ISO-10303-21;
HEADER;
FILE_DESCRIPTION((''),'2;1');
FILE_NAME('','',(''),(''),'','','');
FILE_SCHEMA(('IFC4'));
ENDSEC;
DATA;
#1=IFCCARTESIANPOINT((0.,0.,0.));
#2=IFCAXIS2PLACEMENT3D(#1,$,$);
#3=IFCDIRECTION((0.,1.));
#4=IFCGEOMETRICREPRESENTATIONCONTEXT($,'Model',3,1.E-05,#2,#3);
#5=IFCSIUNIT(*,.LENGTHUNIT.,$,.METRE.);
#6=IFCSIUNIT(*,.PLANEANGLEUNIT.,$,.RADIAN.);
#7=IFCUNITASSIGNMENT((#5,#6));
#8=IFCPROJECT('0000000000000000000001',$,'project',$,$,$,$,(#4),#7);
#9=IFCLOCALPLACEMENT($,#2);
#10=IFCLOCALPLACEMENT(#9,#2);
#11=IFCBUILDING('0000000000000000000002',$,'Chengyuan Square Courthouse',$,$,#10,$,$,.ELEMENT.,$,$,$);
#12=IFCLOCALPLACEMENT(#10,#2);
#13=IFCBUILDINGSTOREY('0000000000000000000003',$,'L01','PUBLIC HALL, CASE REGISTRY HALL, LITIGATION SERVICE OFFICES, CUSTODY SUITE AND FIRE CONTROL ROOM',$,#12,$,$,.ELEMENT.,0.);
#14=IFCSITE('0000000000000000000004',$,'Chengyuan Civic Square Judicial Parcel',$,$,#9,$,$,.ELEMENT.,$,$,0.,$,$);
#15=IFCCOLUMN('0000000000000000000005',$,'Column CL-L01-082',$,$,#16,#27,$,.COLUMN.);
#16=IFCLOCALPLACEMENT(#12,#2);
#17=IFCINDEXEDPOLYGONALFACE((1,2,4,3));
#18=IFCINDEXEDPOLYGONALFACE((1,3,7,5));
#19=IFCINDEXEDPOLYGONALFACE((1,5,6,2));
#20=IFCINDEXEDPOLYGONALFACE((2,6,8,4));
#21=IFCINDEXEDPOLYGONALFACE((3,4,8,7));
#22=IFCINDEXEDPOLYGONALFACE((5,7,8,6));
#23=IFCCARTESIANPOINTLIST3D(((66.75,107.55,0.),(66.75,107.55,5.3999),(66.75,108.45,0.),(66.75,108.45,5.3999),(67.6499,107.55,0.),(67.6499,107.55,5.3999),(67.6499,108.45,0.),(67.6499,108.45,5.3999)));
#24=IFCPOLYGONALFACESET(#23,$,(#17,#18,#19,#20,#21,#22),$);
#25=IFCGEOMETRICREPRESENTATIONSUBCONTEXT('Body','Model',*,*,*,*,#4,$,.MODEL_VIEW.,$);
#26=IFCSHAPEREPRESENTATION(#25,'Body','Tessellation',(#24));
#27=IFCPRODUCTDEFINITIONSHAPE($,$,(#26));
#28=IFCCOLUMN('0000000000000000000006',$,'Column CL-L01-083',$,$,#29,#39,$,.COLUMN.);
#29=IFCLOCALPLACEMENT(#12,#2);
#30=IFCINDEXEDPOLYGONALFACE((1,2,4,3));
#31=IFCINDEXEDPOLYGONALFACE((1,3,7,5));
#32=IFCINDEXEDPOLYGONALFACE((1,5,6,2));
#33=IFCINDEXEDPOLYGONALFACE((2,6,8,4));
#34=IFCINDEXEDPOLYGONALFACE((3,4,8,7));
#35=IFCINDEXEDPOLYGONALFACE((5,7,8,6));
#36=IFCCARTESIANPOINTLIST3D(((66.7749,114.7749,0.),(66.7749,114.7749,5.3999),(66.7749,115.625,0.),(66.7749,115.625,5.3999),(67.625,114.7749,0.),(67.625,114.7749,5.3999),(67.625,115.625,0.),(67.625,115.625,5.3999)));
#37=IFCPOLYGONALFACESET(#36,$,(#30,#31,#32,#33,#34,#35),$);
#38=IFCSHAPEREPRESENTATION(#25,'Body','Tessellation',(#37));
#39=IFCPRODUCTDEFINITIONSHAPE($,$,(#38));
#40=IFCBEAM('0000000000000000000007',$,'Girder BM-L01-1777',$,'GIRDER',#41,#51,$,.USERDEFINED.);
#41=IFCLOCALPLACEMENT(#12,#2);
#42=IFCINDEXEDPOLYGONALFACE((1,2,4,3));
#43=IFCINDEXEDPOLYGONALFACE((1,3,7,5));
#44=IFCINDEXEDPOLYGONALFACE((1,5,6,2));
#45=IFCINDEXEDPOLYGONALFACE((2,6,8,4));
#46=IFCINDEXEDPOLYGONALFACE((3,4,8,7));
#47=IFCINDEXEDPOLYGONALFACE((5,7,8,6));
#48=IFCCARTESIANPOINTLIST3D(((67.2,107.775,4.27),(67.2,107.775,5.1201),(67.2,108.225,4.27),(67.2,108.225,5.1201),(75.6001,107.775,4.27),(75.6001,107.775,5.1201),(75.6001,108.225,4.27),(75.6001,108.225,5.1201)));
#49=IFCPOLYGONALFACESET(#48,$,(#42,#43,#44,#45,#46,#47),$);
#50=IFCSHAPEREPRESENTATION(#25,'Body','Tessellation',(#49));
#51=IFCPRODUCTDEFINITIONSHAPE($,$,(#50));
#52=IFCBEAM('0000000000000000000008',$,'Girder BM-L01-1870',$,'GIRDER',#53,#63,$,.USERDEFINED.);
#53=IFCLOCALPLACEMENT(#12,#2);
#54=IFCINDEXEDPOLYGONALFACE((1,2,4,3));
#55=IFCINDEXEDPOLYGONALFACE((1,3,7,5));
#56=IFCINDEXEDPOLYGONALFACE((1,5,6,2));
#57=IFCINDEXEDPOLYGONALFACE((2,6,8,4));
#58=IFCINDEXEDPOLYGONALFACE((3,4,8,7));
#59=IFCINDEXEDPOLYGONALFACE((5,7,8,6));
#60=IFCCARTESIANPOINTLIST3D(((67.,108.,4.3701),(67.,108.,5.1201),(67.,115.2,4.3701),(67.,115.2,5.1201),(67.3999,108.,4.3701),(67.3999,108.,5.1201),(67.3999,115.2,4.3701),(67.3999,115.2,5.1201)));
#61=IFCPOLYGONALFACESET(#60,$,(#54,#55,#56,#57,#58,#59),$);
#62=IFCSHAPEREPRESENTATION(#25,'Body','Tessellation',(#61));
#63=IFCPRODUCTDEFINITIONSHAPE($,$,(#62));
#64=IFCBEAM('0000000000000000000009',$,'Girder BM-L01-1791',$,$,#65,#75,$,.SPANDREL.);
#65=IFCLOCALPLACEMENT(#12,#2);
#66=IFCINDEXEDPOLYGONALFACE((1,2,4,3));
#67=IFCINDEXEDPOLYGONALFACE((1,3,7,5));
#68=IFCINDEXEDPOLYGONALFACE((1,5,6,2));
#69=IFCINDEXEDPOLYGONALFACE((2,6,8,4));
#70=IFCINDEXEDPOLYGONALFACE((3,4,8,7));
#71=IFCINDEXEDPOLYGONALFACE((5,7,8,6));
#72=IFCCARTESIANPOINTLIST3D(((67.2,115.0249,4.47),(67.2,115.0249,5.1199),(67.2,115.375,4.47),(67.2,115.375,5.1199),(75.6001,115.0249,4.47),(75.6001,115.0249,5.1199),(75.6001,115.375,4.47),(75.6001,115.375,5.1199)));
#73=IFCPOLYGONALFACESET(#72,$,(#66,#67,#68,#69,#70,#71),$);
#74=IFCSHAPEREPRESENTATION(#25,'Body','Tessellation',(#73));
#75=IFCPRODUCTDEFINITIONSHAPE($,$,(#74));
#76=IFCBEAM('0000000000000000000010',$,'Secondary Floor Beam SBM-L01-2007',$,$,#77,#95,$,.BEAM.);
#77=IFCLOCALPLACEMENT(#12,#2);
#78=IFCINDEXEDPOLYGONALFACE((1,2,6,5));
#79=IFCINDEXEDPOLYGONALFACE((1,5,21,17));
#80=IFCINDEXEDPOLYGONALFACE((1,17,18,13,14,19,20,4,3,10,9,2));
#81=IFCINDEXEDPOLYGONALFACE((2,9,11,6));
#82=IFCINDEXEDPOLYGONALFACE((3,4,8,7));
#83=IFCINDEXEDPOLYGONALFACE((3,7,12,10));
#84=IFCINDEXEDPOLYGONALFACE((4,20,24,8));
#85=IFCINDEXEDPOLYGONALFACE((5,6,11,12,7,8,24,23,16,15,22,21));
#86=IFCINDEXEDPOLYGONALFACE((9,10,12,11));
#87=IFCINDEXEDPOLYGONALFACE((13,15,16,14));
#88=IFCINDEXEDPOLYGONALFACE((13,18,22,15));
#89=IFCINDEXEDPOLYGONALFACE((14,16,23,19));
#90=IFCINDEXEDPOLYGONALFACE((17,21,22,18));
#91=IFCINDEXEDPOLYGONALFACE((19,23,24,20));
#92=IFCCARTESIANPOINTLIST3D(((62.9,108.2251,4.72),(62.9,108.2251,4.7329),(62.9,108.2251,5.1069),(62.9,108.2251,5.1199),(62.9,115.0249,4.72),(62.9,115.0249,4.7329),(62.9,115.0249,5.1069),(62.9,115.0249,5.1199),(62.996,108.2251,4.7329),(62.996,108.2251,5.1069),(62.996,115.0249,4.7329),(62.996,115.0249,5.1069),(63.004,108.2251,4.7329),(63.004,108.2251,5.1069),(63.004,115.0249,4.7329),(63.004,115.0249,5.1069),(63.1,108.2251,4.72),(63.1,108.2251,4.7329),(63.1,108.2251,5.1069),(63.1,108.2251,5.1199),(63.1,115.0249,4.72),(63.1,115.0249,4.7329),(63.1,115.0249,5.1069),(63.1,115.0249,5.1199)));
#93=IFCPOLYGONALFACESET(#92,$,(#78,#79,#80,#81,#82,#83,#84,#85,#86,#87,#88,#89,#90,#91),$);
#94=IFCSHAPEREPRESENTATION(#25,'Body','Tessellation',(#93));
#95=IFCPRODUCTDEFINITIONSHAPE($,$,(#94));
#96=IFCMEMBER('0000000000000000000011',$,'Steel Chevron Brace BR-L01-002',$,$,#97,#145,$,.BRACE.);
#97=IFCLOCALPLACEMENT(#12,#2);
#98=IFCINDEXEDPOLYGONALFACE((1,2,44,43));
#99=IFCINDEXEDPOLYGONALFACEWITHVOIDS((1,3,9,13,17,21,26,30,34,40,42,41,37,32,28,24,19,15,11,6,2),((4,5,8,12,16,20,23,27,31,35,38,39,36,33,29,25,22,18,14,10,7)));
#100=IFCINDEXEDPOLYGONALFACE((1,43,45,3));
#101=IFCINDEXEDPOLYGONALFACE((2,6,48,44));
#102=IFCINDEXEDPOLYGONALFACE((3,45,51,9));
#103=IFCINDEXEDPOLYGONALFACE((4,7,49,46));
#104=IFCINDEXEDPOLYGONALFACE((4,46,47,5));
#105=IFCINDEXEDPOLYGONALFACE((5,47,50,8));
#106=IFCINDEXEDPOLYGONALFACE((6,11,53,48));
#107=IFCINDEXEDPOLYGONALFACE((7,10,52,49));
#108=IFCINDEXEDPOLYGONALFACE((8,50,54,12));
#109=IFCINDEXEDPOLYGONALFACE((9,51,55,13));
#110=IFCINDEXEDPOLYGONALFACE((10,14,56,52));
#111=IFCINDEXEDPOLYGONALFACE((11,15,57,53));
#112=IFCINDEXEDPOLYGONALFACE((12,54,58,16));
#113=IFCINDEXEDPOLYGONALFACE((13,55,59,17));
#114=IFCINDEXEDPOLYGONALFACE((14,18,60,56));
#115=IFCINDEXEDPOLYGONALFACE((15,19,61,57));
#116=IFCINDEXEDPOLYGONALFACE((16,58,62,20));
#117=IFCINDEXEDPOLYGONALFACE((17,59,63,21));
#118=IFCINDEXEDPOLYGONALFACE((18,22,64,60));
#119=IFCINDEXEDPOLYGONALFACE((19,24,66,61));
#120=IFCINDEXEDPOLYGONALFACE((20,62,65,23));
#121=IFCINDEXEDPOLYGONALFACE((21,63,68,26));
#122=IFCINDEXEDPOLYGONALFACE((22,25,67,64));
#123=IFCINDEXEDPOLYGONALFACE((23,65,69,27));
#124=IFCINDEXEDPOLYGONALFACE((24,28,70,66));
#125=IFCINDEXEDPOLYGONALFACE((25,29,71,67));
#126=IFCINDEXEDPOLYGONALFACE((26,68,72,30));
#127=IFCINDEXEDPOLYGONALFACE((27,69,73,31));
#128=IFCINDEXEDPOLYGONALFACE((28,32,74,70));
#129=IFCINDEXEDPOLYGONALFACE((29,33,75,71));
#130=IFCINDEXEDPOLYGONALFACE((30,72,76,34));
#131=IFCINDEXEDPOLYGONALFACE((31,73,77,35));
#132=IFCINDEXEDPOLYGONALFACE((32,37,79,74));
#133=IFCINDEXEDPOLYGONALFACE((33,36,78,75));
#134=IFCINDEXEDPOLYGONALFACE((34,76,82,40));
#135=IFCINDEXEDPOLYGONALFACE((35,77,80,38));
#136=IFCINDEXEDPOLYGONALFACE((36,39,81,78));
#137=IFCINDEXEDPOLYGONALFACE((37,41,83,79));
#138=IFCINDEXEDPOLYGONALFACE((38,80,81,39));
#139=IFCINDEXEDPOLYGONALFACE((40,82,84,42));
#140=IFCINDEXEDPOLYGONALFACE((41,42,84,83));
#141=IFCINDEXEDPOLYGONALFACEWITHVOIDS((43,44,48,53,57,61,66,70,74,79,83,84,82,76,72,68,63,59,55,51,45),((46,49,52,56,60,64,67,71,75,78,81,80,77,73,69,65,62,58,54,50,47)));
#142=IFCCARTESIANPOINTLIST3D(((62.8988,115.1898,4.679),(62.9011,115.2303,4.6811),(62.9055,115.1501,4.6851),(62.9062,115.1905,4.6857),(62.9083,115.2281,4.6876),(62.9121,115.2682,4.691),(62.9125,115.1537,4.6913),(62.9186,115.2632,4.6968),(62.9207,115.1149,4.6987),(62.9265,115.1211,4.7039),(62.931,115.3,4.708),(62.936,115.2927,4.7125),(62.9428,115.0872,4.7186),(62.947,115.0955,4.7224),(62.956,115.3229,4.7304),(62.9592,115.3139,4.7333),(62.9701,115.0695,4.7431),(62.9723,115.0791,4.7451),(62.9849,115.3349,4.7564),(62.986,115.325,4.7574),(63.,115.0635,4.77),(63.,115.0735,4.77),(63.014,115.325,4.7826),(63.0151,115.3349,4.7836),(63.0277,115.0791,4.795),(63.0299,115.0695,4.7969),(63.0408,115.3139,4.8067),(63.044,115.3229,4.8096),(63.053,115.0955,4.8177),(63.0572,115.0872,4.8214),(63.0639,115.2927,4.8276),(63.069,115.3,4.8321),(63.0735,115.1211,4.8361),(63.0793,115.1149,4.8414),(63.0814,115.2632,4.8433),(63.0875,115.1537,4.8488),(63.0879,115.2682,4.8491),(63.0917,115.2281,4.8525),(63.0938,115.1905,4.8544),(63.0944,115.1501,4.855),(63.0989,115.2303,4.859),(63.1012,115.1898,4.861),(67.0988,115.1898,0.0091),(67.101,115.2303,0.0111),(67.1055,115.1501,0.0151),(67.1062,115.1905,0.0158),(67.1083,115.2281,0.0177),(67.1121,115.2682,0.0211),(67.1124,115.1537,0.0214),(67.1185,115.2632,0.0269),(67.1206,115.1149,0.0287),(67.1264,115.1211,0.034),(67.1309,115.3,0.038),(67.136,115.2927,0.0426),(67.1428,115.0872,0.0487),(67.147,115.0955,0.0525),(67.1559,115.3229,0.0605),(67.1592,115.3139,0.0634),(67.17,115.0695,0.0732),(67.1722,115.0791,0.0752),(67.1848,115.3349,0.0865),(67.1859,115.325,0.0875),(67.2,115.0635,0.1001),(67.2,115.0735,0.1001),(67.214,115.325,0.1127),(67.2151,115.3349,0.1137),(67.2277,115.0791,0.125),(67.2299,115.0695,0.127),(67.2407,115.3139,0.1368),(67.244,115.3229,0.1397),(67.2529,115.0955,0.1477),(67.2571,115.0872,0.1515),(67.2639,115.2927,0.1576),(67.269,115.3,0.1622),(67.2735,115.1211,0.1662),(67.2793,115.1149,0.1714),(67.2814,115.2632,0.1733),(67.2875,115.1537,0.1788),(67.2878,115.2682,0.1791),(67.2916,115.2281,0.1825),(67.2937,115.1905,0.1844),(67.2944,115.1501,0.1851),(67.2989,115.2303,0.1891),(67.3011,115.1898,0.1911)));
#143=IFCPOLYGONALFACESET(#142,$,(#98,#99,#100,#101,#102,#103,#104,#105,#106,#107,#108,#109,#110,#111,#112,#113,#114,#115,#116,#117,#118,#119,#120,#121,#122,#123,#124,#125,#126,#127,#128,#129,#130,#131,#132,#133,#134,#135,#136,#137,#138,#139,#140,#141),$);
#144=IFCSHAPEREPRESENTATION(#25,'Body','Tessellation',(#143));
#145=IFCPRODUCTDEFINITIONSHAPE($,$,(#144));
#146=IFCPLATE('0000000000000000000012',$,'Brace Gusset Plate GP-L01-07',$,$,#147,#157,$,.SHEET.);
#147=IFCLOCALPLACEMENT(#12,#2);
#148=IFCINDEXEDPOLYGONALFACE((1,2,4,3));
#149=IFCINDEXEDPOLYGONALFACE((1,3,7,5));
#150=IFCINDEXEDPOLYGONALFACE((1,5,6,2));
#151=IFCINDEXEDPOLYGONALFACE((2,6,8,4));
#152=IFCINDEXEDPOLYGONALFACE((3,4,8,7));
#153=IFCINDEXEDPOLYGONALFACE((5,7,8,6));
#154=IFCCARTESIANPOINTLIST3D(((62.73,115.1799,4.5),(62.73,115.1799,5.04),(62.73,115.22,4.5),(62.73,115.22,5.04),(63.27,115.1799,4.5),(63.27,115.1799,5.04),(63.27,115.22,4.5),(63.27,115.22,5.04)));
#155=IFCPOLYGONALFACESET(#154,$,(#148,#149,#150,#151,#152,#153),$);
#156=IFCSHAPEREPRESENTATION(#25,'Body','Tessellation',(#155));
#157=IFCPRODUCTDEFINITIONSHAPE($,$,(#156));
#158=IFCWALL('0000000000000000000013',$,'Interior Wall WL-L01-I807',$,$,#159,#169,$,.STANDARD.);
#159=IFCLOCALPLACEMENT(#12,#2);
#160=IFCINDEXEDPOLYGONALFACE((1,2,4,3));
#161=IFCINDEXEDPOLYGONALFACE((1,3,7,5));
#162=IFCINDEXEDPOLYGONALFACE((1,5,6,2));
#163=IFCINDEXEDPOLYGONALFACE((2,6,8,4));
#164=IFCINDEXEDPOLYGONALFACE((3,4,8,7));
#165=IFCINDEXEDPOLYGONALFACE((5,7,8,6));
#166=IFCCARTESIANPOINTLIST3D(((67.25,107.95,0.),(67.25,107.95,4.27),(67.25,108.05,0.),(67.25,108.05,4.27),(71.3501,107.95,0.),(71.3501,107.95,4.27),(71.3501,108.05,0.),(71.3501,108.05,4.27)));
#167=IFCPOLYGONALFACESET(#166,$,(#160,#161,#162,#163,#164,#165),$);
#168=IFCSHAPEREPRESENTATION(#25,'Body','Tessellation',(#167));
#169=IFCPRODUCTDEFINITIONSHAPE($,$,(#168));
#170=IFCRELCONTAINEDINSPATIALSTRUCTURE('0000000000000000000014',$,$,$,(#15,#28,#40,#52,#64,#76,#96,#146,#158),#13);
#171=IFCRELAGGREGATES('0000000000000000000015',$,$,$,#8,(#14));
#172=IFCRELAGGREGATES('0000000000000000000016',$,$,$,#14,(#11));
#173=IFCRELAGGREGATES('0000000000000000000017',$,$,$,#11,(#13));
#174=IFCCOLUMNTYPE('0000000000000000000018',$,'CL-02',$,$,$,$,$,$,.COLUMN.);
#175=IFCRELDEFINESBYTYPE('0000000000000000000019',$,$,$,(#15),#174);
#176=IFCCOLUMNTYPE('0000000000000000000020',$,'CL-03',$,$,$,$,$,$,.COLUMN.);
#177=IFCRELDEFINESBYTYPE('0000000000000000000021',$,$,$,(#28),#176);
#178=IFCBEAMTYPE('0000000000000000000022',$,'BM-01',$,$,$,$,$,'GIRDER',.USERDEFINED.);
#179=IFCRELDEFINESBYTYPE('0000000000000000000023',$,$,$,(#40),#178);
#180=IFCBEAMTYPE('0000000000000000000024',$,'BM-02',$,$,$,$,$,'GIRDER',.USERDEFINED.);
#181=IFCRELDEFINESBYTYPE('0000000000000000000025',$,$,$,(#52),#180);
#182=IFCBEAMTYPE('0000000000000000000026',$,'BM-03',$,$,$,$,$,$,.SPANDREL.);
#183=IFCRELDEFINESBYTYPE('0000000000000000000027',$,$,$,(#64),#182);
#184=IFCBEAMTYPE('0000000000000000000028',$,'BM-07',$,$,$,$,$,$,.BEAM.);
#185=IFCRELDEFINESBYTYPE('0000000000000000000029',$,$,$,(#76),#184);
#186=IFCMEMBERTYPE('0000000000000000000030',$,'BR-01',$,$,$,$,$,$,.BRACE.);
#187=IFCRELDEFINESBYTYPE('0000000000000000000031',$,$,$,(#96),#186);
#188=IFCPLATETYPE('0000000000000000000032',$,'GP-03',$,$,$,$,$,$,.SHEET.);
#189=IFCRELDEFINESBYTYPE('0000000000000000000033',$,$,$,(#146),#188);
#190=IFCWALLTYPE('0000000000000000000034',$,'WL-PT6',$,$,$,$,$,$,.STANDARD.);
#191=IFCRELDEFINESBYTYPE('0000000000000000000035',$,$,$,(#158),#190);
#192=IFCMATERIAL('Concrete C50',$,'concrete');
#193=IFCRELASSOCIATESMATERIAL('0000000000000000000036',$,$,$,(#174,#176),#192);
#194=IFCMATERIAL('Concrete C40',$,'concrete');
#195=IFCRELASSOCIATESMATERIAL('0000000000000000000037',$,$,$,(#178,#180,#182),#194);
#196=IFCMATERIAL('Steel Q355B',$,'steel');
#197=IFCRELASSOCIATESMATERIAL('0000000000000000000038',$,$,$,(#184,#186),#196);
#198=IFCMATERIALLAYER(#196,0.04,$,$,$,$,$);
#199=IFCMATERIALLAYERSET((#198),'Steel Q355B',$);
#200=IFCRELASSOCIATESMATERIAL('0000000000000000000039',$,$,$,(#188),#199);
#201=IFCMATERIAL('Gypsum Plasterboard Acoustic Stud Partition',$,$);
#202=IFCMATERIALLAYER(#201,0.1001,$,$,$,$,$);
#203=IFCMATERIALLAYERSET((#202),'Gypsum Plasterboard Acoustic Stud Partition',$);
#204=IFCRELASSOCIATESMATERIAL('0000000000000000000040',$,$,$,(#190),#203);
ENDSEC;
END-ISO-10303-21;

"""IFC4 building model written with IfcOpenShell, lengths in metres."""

from ifc_helpers import new_model, si_unit, direction, frame, frame_2d, origin, origin_2d, place, context, subcontext, project, spatial, rectangle, hollow_circle, i_section, extrude, material, layer, layer_set, material_profile, profile_set, type_object, element, save


model = new_model("IFC4")

# Units and contexts
model_context = context("Model", 3, precision=1e-05, world=origin(), true_north=direction((0.0, 1.0)))
body_context = subcontext(model_context, "Body", "Model", "MODEL_VIEW")
ifc_project = project(units=[si_unit("LENGTHUNIT", "METRE"), si_unit("PLANEANGLEUNIT", "RADIAN")], contexts=[model_context])

# Site, building, storey
site_placement = place(None, origin())
site = spatial("IfcSite", under=ifc_project, at=site_placement, Name="Chengyuan Civic Square Judicial Parcel", CompositionType="ELEMENT", RefElevation=0.0)
building_placement = place(site_placement, origin())
building = spatial("IfcBuilding", under=site, at=building_placement, Name="Chengyuan Square Courthouse", CompositionType="ELEMENT")
storey_placement = place(building_placement, origin())
storey = spatial("IfcBuildingStorey", under=building, at=storey_placement, Name="L01", Description="PUBLIC HALL, CASE REGISTRY HALL, LITIGATION SERVICE OFFICES, CUSTODY SUITE AND FIRE CONTROL ROOM", CompositionType="ELEMENT", Elevation=0.0)

# Columns
ifc_material_1 = material(Name="Concrete C50", Category="concrete")
ifc_material_profile_1 = material_profile(ifc_material_1, rectangle(XDim=0.8999, YDim=0.8999, at=origin_2d()), Name="RC-COL-900x900")
ifc_profile_set_1 = profile_set([ifc_material_profile_1], Name="Concrete C50")
column_type_1 = type_object("IfcColumnType", Name="CL-02", PredefinedType="COLUMN", material=ifc_profile_set_1)
column_1_placement = place(storey_placement, frame((67.2, 108.0, 0.0), z_axis=(0.0, 0.0, 1.0), x_axis=(1.0, 0.0, 0.0)))
element("IfcColumn", 1, at=column_1_placement, inside=storey, type_object=column_type_1, Name="Column CL-L01-082", PredefinedType="COLUMN", context=body_context, shape_type="SweptSolid", body=[
    extrude(rectangle(XDim=0.8999, YDim=0.8999, at=origin_2d()), origin(), (0.0, 0.0, 1.0), 5.3999),
])
ifc_material_profile_2 = material_profile(ifc_material_1, rectangle(XDim=0.8501, YDim=0.8501, at=origin_2d()), Name="RC-COL-850x850")
ifc_profile_set_2 = profile_set([ifc_material_profile_2], Name="Concrete C50")
column_type_2 = type_object("IfcColumnType", Name="CL-03", PredefinedType="COLUMN", material=ifc_profile_set_2)
column_2_placement = place(storey_placement, frame((67.2, 115.2, 0.0), z_axis=(0.0, 0.0, 1.0), x_axis=(1.0, 0.0, 0.0)))
element("IfcColumn", 2, at=column_2_placement, inside=storey, type_object=column_type_2, Name="Column CL-L01-083", PredefinedType="COLUMN", context=body_context, shape_type="SweptSolid", body=[
    extrude(rectangle(XDim=0.8501, YDim=0.8501, at=origin_2d()), origin(), (0.0, 0.0, 1.0), 5.3999),
])

# Beams
ifc_material_2 = material(Name="Concrete C40", Category="concrete")
ifc_material_profile_3 = material_profile(ifc_material_2, rectangle(XDim=0.45, YDim=0.8501, at=origin_2d()), Name="RC-BM-450x850")
ifc_profile_set_3 = profile_set([ifc_material_profile_3], Name="Concrete C40")
beam_type_1 = type_object("IfcBeamType", Name="BM-01", ElementType="GIRDER", PredefinedType="USERDEFINED", material=ifc_profile_set_3)
beam_1_placement = place(storey_placement, frame((67.2, 108.0, 4.6951), z_axis=(1.0, 0.0, 0.0), x_axis=(0.0, 1.0, 0.0)))
element("IfcBeam", 3, at=beam_1_placement, inside=storey, type_object=beam_type_1, Name="Girder BM-L01-1777", ObjectType="GIRDER", PredefinedType="USERDEFINED", context=body_context, shape_type="SweptSolid", body=[
    extrude(rectangle(XDim=0.45, YDim=0.8501, at=origin_2d()), origin(), (0.0, 0.0, 1.0), 8.4001),
])
ifc_material_profile_4 = material_profile(ifc_material_2, rectangle(XDim=0.3999, YDim=0.75, at=origin_2d()), Name="RC-BM-400x750")
ifc_profile_set_4 = profile_set([ifc_material_profile_4], Name="Concrete C40")
beam_type_2 = type_object("IfcBeamType", Name="BM-02", ElementType="GIRDER", PredefinedType="USERDEFINED", material=ifc_profile_set_4)
beam_2_placement = place(storey_placement, frame((67.2, 108.0, 4.7451), z_axis=(0.0, 1.0, 0.0), x_axis=(-1.0, 0.0, 0.0)))
element("IfcBeam", 4, at=beam_2_placement, inside=storey, type_object=beam_type_2, Name="Girder BM-L01-1870", ObjectType="GIRDER", PredefinedType="USERDEFINED", context=body_context, shape_type="SweptSolid", body=[
    extrude(rectangle(XDim=0.3999, YDim=0.75, at=origin_2d()), origin(), (0.0, 0.0, 1.0), 7.2),
])
ifc_material_profile_5 = material_profile(ifc_material_2, rectangle(XDim=0.3501, YDim=0.6499, at=origin_2d()), Name="RC-BM-350x650")
ifc_profile_set_5 = profile_set([ifc_material_profile_5], Name="Concrete C40")
beam_type_3 = type_object("IfcBeamType", Name="BM-03", PredefinedType="SPANDREL", material=ifc_profile_set_5)
beam_3_placement = place(storey_placement, frame((67.2, 115.2, 4.7949), z_axis=(1.0, 0.0, 0.0), x_axis=(0.0, 1.0, 0.0)))
element("IfcBeam", 5, at=beam_3_placement, inside=storey, type_object=beam_type_3, Name="Girder BM-L01-1791", PredefinedType="SPANDREL", context=body_context, shape_type="SweptSolid", body=[
    extrude(rectangle(XDim=0.3501, YDim=0.6499, at=origin_2d()), origin(), (0.0, 0.0, 1.0), 8.4001),
])
ifc_material_3 = material(Name="Steel Q355B", Category="steel")
ifc_material_profile_6 = material_profile(ifc_material_3, i_section(OverallWidth=0.2, OverallDepth=0.3999, WebThickness=0.0081, FlangeThickness=0.0129, at=origin_2d()), Name="HN 400x200x8x13")
ifc_profile_set_6 = profile_set([ifc_material_profile_6], Name="Steel Q355B")
beam_type_4 = type_object("IfcBeamType", Name="BM-07", PredefinedType="BEAM", material=ifc_profile_set_6)
beam_4_placement = place(storey_placement, frame((63.0, 108.2251, 4.9199), z_axis=(0.0, 1.0, 0.0), x_axis=(-1.0, 0.0, 0.0)))
element("IfcBeam", 6, at=beam_4_placement, inside=storey, type_object=beam_type_4, Name="Secondary Floor Beam SBM-L01-2007", PredefinedType="BEAM", context=body_context, shape_type="SweptSolid", body=[
    extrude(i_section(OverallWidth=0.2, OverallDepth=0.3999, WebThickness=0.0081, FlangeThickness=0.0129, at=origin_2d()), origin(), (0.0, 0.0, 1.0), 6.7998),
])

# Member
ifc_material_profile_7 = material_profile(ifc_material_3, hollow_circle(Radius=0.1365, WallThickness=0.01, at=origin_2d()), Name="CHS 273x10")
ifc_profile_set_7 = profile_set([ifc_material_profile_7], Name="Steel Q355B")
member_type = type_object("IfcMemberType", Name="BR-01", PredefinedType="BRACE", material=ifc_profile_set_7)
member_placement = place(storey_placement, frame((67.2, 115.2, 0.1001), z_axis=(-0.668703, 0.0, 0.74353), x_axis=(0.0, -1.0, 0.0)))
element("IfcMember", 7, at=member_placement, inside=storey, type_object=member_type, Name="Steel Chevron Brace BR-L01-002", PredefinedType="BRACE", context=body_context, shape_type="SweptSolid", body=[
    extrude(hollow_circle(Radius=0.1365, WallThickness=0.01, at=origin_2d()), origin(), (0.0, 0.0, 1.0), 6.2808),
])

# Plate
ifc_layer_1 = layer(ifc_material_3, 0.04)
ifc_layer_set_1 = layer_set([ifc_layer_1], Name="Steel Q355B")
plate_type = type_object("IfcPlateType", Name="GP-03", PredefinedType="SHEET", material=ifc_layer_set_1)
plate_placement = place(storey_placement, frame((63.0, 115.2, 4.5), z_axis=(0.0, 0.0, 1.0), x_axis=(1.0, 0.0, 0.0)))
element("IfcPlate", 8, at=plate_placement, inside=storey, type_object=plate_type, Name="Brace Gusset Plate GP-L01-07", PredefinedType="SHEET", context=body_context, shape_type="SweptSolid", body=[
    extrude(rectangle(XDim=0.54, YDim=0.04, at=origin_2d()), origin(), (0.0, 0.0, 1.0), 0.54),
])

# Wall
ifc_material_4 = material(Name="Gypsum Plasterboard Acoustic Stud Partition")
ifc_layer_2 = layer(ifc_material_4, 0.1001)
ifc_layer_set_2 = layer_set([ifc_layer_2], Name="Gypsum Plasterboard Acoustic Stud Partition")
wall_type = type_object("IfcWallType", Name="WL-PT6", PredefinedType="STANDARD", material=ifc_layer_set_2)
wall_placement = place(storey_placement, frame((67.25, 108.0, 0.0), z_axis=(0.0, 0.0, 1.0), x_axis=(1.0, 0.0, 0.0)))
element("IfcWall", 9, at=wall_placement, inside=storey, type_object=wall_type, Name="Interior Wall WL-L01-I807", PredefinedType="STANDARD", context=body_context, shape_type="SweptSolid", body=[
    extrude(rectangle(XDim=4.1001, YDim=0.1001, at=frame_2d((2.05, 0.0))), origin(), (0.0, 0.0, 1.0), 4.27),
])

save(model, "model.ifc")
